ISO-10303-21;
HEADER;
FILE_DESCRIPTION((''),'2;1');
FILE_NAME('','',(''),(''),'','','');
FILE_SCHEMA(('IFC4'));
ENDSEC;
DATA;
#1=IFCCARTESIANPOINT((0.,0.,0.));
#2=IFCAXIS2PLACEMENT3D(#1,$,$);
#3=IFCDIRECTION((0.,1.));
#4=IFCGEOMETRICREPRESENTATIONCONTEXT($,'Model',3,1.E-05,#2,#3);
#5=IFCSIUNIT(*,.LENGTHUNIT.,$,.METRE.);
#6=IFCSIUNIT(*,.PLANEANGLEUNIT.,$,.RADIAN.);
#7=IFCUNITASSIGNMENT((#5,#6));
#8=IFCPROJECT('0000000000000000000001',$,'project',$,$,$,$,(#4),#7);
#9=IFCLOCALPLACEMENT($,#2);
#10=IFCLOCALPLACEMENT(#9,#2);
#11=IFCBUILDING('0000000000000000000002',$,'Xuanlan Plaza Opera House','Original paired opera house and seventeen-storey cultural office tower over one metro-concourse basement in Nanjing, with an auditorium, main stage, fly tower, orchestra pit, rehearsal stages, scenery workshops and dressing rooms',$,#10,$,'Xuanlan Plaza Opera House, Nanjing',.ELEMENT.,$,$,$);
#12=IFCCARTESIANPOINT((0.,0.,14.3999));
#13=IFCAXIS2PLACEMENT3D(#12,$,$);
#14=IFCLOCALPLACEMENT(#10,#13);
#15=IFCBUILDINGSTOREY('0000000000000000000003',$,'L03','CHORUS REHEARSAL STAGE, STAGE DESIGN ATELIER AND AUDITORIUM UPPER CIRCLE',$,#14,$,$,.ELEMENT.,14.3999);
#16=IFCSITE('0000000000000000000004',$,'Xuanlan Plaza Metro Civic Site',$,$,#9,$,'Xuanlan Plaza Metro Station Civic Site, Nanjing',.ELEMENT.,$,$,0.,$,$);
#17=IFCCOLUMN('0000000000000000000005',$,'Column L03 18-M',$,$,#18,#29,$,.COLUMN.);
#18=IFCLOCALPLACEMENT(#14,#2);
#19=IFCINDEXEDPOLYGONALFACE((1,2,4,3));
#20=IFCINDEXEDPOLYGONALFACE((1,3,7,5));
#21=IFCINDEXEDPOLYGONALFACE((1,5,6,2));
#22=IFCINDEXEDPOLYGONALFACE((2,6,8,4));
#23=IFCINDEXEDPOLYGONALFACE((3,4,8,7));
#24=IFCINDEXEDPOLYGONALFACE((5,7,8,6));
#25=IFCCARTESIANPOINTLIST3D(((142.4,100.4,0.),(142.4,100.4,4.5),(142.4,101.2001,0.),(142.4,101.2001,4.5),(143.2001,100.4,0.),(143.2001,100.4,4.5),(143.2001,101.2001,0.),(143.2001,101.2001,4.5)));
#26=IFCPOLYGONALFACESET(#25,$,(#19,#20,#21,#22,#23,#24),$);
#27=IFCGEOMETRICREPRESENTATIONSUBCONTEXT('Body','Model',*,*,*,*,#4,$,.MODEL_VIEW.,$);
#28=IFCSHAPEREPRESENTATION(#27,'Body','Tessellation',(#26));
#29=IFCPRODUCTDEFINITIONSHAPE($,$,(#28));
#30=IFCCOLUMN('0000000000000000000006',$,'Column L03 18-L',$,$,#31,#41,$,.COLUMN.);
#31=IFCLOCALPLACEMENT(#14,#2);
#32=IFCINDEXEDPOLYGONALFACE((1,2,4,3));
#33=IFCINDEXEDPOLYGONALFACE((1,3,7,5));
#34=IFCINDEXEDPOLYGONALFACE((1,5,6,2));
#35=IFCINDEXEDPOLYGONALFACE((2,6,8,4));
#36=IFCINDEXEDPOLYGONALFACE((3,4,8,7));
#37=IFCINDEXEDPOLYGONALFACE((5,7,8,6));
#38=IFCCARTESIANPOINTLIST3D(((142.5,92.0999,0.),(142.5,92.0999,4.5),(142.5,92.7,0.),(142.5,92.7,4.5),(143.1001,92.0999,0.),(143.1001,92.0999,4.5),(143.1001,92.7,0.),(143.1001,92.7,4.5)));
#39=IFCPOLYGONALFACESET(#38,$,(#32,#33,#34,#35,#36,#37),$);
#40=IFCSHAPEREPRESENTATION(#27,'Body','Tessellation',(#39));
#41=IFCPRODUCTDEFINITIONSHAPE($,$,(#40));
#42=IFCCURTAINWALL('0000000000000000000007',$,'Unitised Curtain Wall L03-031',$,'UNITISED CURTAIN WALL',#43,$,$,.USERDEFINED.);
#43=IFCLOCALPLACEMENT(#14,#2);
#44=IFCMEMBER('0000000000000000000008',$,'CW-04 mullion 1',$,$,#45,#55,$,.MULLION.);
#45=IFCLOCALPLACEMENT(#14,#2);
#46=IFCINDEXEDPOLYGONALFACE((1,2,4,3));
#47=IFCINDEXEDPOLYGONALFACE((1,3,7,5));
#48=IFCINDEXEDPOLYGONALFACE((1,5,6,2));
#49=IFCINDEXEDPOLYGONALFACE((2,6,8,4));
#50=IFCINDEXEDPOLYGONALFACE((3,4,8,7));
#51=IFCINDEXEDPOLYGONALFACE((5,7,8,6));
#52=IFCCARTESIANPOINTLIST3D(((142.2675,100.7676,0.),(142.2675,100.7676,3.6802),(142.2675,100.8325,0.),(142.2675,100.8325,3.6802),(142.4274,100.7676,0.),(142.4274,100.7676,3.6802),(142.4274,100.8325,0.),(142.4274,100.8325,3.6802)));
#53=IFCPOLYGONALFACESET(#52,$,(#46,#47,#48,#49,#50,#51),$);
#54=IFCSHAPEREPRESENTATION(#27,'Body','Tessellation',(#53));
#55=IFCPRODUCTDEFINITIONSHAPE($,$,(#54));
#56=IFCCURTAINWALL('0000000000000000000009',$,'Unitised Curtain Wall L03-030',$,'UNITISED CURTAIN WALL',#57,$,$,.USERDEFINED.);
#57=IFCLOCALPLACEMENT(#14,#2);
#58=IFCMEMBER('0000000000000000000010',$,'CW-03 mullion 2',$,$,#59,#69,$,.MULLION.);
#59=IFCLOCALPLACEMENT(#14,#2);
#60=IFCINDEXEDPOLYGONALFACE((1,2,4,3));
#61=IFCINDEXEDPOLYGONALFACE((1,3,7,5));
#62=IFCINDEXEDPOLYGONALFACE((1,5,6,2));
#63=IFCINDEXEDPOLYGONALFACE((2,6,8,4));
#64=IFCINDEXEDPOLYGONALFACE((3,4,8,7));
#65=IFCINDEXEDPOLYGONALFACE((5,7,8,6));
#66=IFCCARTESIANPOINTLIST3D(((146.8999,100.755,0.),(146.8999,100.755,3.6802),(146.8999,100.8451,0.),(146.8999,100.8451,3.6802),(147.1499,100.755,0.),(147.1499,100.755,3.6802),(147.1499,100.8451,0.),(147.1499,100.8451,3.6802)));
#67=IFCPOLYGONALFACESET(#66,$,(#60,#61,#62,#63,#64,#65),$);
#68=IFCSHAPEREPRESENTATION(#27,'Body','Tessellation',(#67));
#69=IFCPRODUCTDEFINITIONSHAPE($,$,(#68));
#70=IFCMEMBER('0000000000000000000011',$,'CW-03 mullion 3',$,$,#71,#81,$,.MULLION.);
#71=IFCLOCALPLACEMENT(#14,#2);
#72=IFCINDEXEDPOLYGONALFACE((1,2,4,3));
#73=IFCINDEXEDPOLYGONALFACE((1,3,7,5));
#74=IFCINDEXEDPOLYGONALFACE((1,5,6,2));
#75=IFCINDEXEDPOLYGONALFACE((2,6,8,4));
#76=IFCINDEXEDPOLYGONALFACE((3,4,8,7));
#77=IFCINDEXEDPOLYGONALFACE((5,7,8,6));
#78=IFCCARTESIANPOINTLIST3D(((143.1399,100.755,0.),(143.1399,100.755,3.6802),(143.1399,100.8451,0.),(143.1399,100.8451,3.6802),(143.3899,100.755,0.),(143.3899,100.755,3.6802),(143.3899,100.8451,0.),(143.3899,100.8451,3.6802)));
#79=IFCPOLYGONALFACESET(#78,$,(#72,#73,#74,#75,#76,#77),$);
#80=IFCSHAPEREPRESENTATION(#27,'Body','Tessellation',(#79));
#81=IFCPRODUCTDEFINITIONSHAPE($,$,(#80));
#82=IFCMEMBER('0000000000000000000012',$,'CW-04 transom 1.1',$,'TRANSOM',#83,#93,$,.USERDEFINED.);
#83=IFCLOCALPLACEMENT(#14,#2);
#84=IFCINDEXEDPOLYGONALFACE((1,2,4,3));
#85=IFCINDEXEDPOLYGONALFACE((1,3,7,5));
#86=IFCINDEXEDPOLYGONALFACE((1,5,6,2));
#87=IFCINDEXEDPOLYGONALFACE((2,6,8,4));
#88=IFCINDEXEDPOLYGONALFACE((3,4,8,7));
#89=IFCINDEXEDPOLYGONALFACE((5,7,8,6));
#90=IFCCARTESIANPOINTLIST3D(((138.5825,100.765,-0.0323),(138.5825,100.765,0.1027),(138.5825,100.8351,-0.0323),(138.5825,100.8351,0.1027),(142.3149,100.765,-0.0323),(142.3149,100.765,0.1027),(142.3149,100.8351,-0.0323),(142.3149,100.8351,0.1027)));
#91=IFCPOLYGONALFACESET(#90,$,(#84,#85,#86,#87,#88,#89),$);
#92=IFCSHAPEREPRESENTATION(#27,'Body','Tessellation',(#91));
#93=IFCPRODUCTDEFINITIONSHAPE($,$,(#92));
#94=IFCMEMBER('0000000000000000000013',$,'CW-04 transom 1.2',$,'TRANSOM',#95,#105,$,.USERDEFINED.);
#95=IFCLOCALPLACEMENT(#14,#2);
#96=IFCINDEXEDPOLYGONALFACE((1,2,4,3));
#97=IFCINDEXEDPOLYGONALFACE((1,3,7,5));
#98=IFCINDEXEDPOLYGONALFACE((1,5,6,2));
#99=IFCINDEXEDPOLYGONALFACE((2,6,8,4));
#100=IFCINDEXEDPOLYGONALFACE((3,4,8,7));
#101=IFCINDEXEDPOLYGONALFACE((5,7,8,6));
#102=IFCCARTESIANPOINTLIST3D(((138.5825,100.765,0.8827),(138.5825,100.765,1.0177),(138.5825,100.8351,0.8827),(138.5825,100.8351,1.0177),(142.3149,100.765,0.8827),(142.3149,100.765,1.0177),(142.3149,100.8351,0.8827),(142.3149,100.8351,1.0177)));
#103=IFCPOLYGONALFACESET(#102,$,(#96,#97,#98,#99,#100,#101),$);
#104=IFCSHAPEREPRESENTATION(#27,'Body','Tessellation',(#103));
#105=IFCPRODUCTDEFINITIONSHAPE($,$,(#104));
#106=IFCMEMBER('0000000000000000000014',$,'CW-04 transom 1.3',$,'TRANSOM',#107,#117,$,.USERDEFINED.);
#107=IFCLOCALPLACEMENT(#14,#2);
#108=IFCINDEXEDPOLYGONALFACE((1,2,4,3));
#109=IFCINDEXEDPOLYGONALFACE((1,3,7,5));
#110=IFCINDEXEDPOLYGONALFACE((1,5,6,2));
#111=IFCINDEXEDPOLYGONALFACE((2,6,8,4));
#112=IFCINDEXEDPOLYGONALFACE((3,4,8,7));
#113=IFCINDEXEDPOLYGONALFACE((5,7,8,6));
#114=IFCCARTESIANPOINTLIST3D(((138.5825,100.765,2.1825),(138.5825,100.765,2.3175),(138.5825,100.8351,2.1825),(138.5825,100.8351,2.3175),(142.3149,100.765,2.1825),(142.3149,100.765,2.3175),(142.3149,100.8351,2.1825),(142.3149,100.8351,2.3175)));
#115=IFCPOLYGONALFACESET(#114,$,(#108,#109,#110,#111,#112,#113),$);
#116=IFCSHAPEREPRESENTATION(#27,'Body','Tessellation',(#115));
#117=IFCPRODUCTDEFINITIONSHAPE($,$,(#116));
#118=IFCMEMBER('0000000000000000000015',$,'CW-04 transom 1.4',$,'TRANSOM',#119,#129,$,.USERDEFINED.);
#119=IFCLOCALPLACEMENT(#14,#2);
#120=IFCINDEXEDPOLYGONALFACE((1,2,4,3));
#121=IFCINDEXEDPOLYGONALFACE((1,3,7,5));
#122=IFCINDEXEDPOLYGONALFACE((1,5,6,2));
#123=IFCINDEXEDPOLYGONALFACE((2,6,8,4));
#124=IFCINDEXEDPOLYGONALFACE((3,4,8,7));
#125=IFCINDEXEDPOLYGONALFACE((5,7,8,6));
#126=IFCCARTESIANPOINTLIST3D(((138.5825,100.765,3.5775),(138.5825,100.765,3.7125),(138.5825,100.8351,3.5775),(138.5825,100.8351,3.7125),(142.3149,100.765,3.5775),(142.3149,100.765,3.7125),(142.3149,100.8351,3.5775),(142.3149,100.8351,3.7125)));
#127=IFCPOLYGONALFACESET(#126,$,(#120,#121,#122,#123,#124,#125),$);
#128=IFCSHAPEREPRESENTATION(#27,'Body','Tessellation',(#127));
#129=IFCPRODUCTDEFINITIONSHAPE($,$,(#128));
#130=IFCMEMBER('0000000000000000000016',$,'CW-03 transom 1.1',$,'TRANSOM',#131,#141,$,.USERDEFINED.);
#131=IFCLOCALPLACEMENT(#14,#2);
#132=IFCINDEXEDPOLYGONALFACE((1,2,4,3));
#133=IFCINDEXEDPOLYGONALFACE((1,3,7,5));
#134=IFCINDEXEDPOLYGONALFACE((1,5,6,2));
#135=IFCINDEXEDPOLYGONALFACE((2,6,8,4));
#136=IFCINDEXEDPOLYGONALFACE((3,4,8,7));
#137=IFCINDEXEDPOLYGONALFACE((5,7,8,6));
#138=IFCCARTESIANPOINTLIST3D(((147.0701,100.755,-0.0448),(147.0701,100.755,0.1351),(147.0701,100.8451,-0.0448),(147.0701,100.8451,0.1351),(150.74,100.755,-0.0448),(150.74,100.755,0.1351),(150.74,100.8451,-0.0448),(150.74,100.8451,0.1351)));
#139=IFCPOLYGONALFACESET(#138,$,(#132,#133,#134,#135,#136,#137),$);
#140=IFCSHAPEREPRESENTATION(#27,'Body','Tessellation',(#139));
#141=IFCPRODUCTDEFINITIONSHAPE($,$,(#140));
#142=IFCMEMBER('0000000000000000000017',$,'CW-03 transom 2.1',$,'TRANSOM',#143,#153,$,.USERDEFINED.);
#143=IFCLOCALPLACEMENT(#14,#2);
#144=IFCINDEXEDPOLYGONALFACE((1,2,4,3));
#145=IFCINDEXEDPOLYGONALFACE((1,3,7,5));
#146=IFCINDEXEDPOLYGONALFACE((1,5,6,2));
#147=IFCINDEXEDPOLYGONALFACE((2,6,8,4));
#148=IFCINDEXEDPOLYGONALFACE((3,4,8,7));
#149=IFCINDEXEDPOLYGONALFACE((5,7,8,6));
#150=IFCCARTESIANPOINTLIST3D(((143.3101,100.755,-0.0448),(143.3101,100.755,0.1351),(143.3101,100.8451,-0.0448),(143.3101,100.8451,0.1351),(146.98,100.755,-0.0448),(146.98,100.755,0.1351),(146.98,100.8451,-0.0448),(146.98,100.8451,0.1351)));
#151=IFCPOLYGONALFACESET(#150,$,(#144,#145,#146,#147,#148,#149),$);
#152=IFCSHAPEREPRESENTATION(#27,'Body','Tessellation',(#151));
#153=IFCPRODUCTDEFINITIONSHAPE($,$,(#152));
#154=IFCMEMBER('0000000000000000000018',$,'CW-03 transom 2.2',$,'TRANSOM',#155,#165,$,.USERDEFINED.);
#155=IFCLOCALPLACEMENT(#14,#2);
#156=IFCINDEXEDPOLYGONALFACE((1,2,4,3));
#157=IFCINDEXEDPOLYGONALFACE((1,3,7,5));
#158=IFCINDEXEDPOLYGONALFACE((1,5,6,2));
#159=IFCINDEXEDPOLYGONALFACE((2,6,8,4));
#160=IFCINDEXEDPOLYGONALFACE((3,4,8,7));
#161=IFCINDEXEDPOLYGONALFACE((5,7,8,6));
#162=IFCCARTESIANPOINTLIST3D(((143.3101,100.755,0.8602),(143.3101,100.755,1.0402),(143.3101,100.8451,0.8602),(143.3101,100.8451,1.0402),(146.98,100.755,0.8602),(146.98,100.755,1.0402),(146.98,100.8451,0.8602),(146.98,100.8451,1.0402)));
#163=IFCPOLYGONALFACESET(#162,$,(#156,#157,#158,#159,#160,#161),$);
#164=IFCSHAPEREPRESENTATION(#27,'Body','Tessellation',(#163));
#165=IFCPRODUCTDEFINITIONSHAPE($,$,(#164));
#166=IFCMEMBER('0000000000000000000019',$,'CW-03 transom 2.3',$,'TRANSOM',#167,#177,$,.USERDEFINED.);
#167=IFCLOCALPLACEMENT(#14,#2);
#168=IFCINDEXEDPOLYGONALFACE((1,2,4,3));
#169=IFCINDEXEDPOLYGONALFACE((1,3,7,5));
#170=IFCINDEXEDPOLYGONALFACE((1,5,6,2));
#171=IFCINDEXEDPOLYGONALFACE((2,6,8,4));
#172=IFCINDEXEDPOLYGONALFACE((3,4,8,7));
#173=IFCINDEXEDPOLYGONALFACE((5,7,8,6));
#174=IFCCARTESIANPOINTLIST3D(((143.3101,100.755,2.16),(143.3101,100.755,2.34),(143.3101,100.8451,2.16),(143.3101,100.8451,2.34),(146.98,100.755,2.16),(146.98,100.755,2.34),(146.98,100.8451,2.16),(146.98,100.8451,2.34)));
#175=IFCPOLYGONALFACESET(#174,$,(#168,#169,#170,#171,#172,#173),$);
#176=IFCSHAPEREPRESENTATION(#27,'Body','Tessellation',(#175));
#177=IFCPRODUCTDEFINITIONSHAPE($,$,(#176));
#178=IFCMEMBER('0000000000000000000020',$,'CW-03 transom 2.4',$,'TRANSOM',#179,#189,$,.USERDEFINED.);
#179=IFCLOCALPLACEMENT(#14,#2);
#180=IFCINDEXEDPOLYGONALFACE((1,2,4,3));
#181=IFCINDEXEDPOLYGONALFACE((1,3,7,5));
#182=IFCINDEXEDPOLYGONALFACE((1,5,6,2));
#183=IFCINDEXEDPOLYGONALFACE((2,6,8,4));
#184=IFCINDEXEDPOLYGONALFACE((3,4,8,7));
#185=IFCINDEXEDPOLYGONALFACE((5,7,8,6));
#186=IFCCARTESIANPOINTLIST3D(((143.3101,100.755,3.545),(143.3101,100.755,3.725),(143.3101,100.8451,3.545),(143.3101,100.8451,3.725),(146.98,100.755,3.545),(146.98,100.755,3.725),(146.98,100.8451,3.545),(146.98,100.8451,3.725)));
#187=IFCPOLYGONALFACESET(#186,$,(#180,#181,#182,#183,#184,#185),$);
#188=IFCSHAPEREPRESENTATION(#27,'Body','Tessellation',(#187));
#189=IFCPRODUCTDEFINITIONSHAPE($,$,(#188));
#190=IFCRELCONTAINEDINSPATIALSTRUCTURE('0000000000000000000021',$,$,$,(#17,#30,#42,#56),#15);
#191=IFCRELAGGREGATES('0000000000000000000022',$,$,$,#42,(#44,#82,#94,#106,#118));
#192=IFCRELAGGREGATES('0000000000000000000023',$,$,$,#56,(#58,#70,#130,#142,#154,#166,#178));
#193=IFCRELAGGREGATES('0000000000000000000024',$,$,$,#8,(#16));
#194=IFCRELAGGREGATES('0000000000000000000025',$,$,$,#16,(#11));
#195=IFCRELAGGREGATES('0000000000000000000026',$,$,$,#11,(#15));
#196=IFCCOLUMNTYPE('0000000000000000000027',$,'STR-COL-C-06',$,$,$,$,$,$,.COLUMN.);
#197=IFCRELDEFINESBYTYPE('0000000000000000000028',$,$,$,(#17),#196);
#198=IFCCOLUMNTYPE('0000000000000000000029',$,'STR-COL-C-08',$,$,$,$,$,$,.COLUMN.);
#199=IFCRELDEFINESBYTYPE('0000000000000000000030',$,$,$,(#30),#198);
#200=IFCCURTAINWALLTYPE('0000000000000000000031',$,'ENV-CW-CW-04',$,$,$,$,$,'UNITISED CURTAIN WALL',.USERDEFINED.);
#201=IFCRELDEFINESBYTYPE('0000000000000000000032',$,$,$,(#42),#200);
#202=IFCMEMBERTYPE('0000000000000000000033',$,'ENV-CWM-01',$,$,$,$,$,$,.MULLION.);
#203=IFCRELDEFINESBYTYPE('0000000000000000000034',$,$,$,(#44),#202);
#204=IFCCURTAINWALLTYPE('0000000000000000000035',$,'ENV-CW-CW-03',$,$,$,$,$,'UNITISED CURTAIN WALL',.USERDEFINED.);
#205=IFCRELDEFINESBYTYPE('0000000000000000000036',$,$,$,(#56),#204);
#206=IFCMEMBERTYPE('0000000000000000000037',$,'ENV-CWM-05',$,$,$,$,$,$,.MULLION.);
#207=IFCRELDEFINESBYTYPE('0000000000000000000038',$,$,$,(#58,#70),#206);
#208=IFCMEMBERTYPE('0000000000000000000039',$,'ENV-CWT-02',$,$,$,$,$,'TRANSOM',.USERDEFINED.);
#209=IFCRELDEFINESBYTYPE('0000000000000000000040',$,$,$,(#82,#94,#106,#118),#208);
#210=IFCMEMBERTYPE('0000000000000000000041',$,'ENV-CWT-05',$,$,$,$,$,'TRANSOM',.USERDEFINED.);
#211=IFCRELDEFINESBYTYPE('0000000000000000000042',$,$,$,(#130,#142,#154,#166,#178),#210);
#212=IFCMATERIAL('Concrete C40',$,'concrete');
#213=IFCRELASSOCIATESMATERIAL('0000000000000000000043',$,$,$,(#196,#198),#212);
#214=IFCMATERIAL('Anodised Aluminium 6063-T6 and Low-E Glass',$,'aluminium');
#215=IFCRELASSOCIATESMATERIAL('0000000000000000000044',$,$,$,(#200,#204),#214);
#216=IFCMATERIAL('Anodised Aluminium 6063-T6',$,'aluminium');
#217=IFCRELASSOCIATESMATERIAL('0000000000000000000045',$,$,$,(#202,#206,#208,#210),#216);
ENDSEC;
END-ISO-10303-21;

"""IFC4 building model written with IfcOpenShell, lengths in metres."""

from ifc_helpers import new_model, si_unit, direction, frame, origin, origin_2d, place, context, subcontext, project, spatial, rectangle, extrude, material, material_profile, profile_set, type_object, element, aggregate, save


model = new_model("IFC4")

# Units and contexts
model_context = context("Model", 3, precision=1e-05, world=origin(), true_north=direction((0.0, 1.0)))
body_context = subcontext(model_context, "Body", "Model", "MODEL_VIEW")
ifc_project = project(units=[si_unit("LENGTHUNIT", "METRE"), si_unit("PLANEANGLEUNIT", "RADIAN")], contexts=[model_context])

# Site, building, storey
site_placement = place(None, origin())
site = spatial("IfcSite", under=ifc_project, at=site_placement, Name="Xuanlan Plaza Metro Civic Site", LongName="Xuanlan Plaza Metro Station Civic Site, Nanjing", CompositionType="ELEMENT", RefElevation=0.0)
building_placement = place(site_placement, origin())
building = spatial("IfcBuilding", under=site, at=building_placement, Name="Xuanlan Plaza Opera House", Description="Original paired opera house and seventeen-storey cultural office tower over one metro-concourse basement in Nanjing, with an auditorium, main stage, fly tower, orchestra pit, rehearsal stages, scenery workshops and dressing rooms", LongName="Xuanlan Plaza Opera House, Nanjing", CompositionType="ELEMENT")
storey_placement = place(building_placement, frame((0.0, 0.0, 14.3999)))
storey = spatial("IfcBuildingStorey", under=building, at=storey_placement, Name="L03", Description="CHORUS REHEARSAL STAGE, STAGE DESIGN ATELIER AND AUDITORIUM UPPER CIRCLE", CompositionType="ELEMENT", Elevation=14.3999)

# Columns
ifc_material_1 = material(Name="Concrete C40", Category="concrete")
ifc_material_profile_1 = material_profile(ifc_material_1, rectangle(XDim=0.8, YDim=0.8, at=origin_2d()), Name="RC-COL 800x800")
ifc_profile_set_1 = profile_set([ifc_material_profile_1], Name="Concrete C40")
column_type_1 = type_object("IfcColumnType", Name="STR-COL-C-06", PredefinedType="COLUMN", material=ifc_profile_set_1)
column_1_placement = place(storey_placement, frame((142.8, 100.8, 0.0), z_axis=(0.0, 0.0, 1.0), x_axis=(1.0, 0.0, 0.0)))
element("IfcColumn", 1, at=column_1_placement, inside=storey, type_object=column_type_1, Name="Column L03 18-M", PredefinedType="COLUMN", context=body_context, shape_type="SweptSolid", body=[
    extrude(rectangle(XDim=0.8, YDim=0.8, at=origin_2d()), origin(), (0.0, 0.0, 1.0), 4.5),
])
ifc_material_profile_2 = material_profile(ifc_material_1, rectangle(XDim=0.6001, YDim=0.6001, at=origin_2d()), Name="RC-COL 600x600")
ifc_profile_set_2 = profile_set([ifc_material_profile_2], Name="Concrete C40")
column_type_2 = type_object("IfcColumnType", Name="STR-COL-C-08", PredefinedType="COLUMN", material=ifc_profile_set_2)
column_2_placement = place(storey_placement, frame((142.8, 92.3999, 0.0), z_axis=(0.0, 0.0, 1.0), x_axis=(1.0, 0.0, 0.0)))
element("IfcColumn", 2, at=column_2_placement, inside=storey, type_object=column_type_2, Name="Column L03 18-L", PredefinedType="COLUMN", context=body_context, shape_type="SweptSolid", body=[
    extrude(rectangle(XDim=0.6001, YDim=0.6001, at=origin_2d()), origin(), (0.0, 0.0, 1.0), 4.5),
])

# Curtain wall, member
ifc_material_2 = material(Name="Anodised Aluminium 6063-T6 and Low-E Glass", Category="aluminium")
curtain_wall_type_1 = type_object("IfcCurtainWallType", Name="ENV-CW-CW-04", ElementType="UNITISED CURTAIN WALL", PredefinedType="USERDEFINED", material=ifc_material_2)
curtain_wall_1_placement = place(storey_placement, origin())
curtain_wall_1 = element("IfcCurtainWall", 3, at=curtain_wall_1_placement, inside=storey, type_object=curtain_wall_type_1, Name="Unitised Curtain Wall L03-031", ObjectType="UNITISED CURTAIN WALL", PredefinedType="USERDEFINED")
ifc_material_3 = material(Name="Anodised Aluminium 6063-T6", Category="aluminium")
ifc_material_profile_3 = material_profile(ifc_material_3, rectangle(XDim=0.0649, YDim=0.1599, at=origin_2d()), Name="ALU-M 65x160")
ifc_profile_set_3 = profile_set([ifc_material_profile_3], Name="Anodised Aluminium 6063-T6")
member_type_1 = type_object("IfcMemberType", Name="ENV-CWM-01", PredefinedType="MULLION", material=ifc_profile_set_3)
member_1_placement = place(storey_placement, frame((142.3474, 100.8, 0.0), z_axis=(0.0, 0.0, 1.0), x_axis=(0.0, -1.0, 0.0)))
member_1 = element("IfcMember", 4, at=member_1_placement, type_object=member_type_1, Name="CW-04 mullion 1", PredefinedType="MULLION", context=body_context, shape_type="SweptSolid", body=[
    extrude(rectangle(XDim=0.0649, YDim=0.1599, at=origin_2d()), origin(), (0.0, 0.0, 1.0), 3.6802),
])

# Curtain wall, members
curtain_wall_type_2 = type_object("IfcCurtainWallType", Name="ENV-CW-CW-03", ElementType="UNITISED CURTAIN WALL", PredefinedType="USERDEFINED", material=ifc_material_2)
curtain_wall_2_placement = place(storey_placement, origin())
curtain_wall_2 = element("IfcCurtainWall", 5, at=curtain_wall_2_placement, inside=storey, type_object=curtain_wall_type_2, Name="Unitised Curtain Wall L03-030", ObjectType="UNITISED CURTAIN WALL", PredefinedType="USERDEFINED")
ifc_material_profile_4 = material_profile(ifc_material_3, rectangle(XDim=0.0901, YDim=0.25, at=origin_2d()), Name="ALU-M 90x250")
ifc_profile_set_4 = profile_set([ifc_material_profile_4], Name="Anodised Aluminium 6063-T6")
member_type_2 = type_object("IfcMemberType", Name="ENV-CWM-05", PredefinedType="MULLION", material=ifc_profile_set_4)
member_2_placement = place(storey_placement, frame((147.0249, 100.8, 0.0), z_axis=(0.0, 0.0, 1.0), x_axis=(0.0, -1.0, 0.0)))
member_2 = element("IfcMember", 6, at=member_2_placement, type_object=member_type_2, Name="CW-03 mullion 2", PredefinedType="MULLION", context=body_context, shape_type="SweptSolid", body=[
    extrude(rectangle(XDim=0.0901, YDim=0.25, at=origin_2d()), origin(), (0.0, 0.0, 1.0), 3.6802),
])
member_3_placement = place(storey_placement, frame((143.2649, 100.8, 0.0), z_axis=(0.0, 0.0, 1.0), x_axis=(0.0, -1.0, 0.0)))
member_3 = element("IfcMember", 7, at=member_3_placement, type_object=member_type_2, Name="CW-03 mullion 3", PredefinedType="MULLION", context=body_context, shape_type="SweptSolid", body=[
    extrude(rectangle(XDim=0.0901, YDim=0.25, at=origin_2d()), origin(), (0.0, 0.0, 1.0), 3.6802),
])

# Members
ifc_material_profile_5 = material_profile(ifc_material_3, rectangle(XDim=0.0701, YDim=0.135, at=origin_2d()), Name="ALU-T 70x135")
ifc_profile_set_5 = profile_set([ifc_material_profile_5], Name="Anodised Aluminium 6063-T6")
member_type_3 = type_object("IfcMemberType", Name="ENV-CWT-02", ElementType="TRANSOM", PredefinedType="USERDEFINED", material=ifc_profile_set_5)
member_4_placement = place(storey_placement, frame((142.3149, 100.8, 0.0352), z_axis=(-1.0, 0.0, 0.0), x_axis=(0.0, -1.0, 0.0)))
member_4 = element("IfcMember", 8, at=member_4_placement, type_object=member_type_3, Name="CW-04 transom 1.1", ObjectType="TRANSOM", PredefinedType="USERDEFINED", context=body_context, shape_type="SweptSolid", body=[
    extrude(rectangle(XDim=0.0701, YDim=0.135, at=origin_2d()), origin(), (0.0, 0.0, 1.0), 3.7324),
])
member_5_placement = place(storey_placement, frame((142.3149, 100.8, 0.9502), z_axis=(-1.0, 0.0, 0.0), x_axis=(0.0, -1.0, 0.0)))
member_5 = element("IfcMember", 9, at=member_5_placement, type_object=member_type_3, Name="CW-04 transom 1.2", ObjectType="TRANSOM", PredefinedType="USERDEFINED", context=body_context, shape_type="SweptSolid", body=[
    extrude(rectangle(XDim=0.0701, YDim=0.135, at=origin_2d()), origin(), (0.0, 0.0, 1.0), 3.7324),
])
member_6_placement = place(storey_placement, frame((142.3149, 100.8, 2.25), z_axis=(-1.0, 0.0, 0.0), x_axis=(0.0, -1.0, 0.0)))
member_6 = element("IfcMember", 10, at=member_6_placement, type_object=member_type_3, Name="CW-04 transom 1.3", ObjectType="TRANSOM", PredefinedType="USERDEFINED", context=body_context, shape_type="SweptSolid", body=[
    extrude(rectangle(XDim=0.0701, YDim=0.135, at=origin_2d()), origin(), (0.0, 0.0, 1.0), 3.7324),
])
member_7_placement = place(storey_placement, frame((142.3149, 100.8, 3.645), z_axis=(-1.0, 0.0, 0.0), x_axis=(0.0, -1.0, 0.0)))
member_7 = element("IfcMember", 11, at=member_7_placement, type_object=member_type_3, Name="CW-04 transom 1.4", ObjectType="TRANSOM", PredefinedType="USERDEFINED", context=body_context, shape_type="SweptSolid", body=[
    extrude(rectangle(XDim=0.0701, YDim=0.135, at=origin_2d()), origin(), (0.0, 0.0, 1.0), 3.7324),
])
ifc_material_profile_6 = material_profile(ifc_material_3, rectangle(XDim=0.0901, YDim=0.1799, at=origin_2d()), Name="ALU-T 90x180")
ifc_profile_set_6 = profile_set([ifc_material_profile_6], Name="Anodised Aluminium 6063-T6")
member_type_4 = type_object("IfcMemberType", Name="ENV-CWT-05", ElementType="TRANSOM", PredefinedType="USERDEFINED", material=ifc_profile_set_6)
member_8_placement = place(storey_placement, frame((150.74, 100.8, 0.0452), z_axis=(-1.0, 0.0, 0.0), x_axis=(0.0, -1.0, 0.0)))
member_8 = element("IfcMember", 12, at=member_8_placement, type_object=member_type_4, Name="CW-03 transom 1.1", ObjectType="TRANSOM", PredefinedType="USERDEFINED", context=body_context, shape_type="SweptSolid", body=[
    extrude(rectangle(XDim=0.0901, YDim=0.1799, at=origin_2d()), origin(), (0.0, 0.0, 1.0), 3.6699),
])
member_9_placement = place(storey_placement, frame((146.98, 100.8, 0.0452), z_axis=(-1.0, 0.0, 0.0), x_axis=(0.0, -1.0, 0.0)))
member_9 = element("IfcMember", 13, at=member_9_placement, type_object=member_type_4, Name="CW-03 transom 2.1", ObjectType="TRANSOM", PredefinedType="USERDEFINED", context=body_context, shape_type="SweptSolid", body=[
    extrude(rectangle(XDim=0.0901, YDim=0.1799, at=origin_2d()), origin(), (0.0, 0.0, 1.0), 3.6699),
])
member_10_placement = place(storey_placement, frame((146.98, 100.8, 0.9502), z_axis=(-1.0, 0.0, 0.0), x_axis=(0.0, -1.0, 0.0)))
member_10 = element("IfcMember", 14, at=member_10_placement, type_object=member_type_4, Name="CW-03 transom 2.2", ObjectType="TRANSOM", PredefinedType="USERDEFINED", context=body_context, shape_type="SweptSolid", body=[
    extrude(rectangle(XDim=0.0901, YDim=0.1799, at=origin_2d()), origin(), (0.0, 0.0, 1.0), 3.6699),
])
member_11_placement = place(storey_placement, frame((146.98, 100.8, 2.25), z_axis=(-1.0, 0.0, 0.0), x_axis=(0.0, -1.0, 0.0)))
member_11 = element("IfcMember", 15, at=member_11_placement, type_object=member_type_4, Name="CW-03 transom 2.3", ObjectType="TRANSOM", PredefinedType="USERDEFINED", context=body_context, shape_type="SweptSolid", body=[
    extrude(rectangle(XDim=0.0901, YDim=0.1799, at=origin_2d()), origin(), (0.0, 0.0, 1.0), 3.6699),
])
member_12_placement = place(storey_placement, frame((146.98, 100.8, 3.635), z_axis=(-1.0, 0.0, 0.0), x_axis=(0.0, -1.0, 0.0)))
member_12 = element("IfcMember", 16, at=member_12_placement, type_object=member_type_4, Name="CW-03 transom 2.4", ObjectType="TRANSOM", PredefinedType="USERDEFINED", context=body_context, shape_type="SweptSolid", body=[
    extrude(rectangle(XDim=0.0901, YDim=0.1799, at=origin_2d()), origin(), (0.0, 0.0, 1.0), 3.6699),
])

aggregate(curtain_wall_1, [member_1, member_4, member_5, member_6, member_7])
aggregate(curtain_wall_2, [member_2, member_3, member_8, member_9, member_10, member_11, member_12])

save(model, "model.ifc")
